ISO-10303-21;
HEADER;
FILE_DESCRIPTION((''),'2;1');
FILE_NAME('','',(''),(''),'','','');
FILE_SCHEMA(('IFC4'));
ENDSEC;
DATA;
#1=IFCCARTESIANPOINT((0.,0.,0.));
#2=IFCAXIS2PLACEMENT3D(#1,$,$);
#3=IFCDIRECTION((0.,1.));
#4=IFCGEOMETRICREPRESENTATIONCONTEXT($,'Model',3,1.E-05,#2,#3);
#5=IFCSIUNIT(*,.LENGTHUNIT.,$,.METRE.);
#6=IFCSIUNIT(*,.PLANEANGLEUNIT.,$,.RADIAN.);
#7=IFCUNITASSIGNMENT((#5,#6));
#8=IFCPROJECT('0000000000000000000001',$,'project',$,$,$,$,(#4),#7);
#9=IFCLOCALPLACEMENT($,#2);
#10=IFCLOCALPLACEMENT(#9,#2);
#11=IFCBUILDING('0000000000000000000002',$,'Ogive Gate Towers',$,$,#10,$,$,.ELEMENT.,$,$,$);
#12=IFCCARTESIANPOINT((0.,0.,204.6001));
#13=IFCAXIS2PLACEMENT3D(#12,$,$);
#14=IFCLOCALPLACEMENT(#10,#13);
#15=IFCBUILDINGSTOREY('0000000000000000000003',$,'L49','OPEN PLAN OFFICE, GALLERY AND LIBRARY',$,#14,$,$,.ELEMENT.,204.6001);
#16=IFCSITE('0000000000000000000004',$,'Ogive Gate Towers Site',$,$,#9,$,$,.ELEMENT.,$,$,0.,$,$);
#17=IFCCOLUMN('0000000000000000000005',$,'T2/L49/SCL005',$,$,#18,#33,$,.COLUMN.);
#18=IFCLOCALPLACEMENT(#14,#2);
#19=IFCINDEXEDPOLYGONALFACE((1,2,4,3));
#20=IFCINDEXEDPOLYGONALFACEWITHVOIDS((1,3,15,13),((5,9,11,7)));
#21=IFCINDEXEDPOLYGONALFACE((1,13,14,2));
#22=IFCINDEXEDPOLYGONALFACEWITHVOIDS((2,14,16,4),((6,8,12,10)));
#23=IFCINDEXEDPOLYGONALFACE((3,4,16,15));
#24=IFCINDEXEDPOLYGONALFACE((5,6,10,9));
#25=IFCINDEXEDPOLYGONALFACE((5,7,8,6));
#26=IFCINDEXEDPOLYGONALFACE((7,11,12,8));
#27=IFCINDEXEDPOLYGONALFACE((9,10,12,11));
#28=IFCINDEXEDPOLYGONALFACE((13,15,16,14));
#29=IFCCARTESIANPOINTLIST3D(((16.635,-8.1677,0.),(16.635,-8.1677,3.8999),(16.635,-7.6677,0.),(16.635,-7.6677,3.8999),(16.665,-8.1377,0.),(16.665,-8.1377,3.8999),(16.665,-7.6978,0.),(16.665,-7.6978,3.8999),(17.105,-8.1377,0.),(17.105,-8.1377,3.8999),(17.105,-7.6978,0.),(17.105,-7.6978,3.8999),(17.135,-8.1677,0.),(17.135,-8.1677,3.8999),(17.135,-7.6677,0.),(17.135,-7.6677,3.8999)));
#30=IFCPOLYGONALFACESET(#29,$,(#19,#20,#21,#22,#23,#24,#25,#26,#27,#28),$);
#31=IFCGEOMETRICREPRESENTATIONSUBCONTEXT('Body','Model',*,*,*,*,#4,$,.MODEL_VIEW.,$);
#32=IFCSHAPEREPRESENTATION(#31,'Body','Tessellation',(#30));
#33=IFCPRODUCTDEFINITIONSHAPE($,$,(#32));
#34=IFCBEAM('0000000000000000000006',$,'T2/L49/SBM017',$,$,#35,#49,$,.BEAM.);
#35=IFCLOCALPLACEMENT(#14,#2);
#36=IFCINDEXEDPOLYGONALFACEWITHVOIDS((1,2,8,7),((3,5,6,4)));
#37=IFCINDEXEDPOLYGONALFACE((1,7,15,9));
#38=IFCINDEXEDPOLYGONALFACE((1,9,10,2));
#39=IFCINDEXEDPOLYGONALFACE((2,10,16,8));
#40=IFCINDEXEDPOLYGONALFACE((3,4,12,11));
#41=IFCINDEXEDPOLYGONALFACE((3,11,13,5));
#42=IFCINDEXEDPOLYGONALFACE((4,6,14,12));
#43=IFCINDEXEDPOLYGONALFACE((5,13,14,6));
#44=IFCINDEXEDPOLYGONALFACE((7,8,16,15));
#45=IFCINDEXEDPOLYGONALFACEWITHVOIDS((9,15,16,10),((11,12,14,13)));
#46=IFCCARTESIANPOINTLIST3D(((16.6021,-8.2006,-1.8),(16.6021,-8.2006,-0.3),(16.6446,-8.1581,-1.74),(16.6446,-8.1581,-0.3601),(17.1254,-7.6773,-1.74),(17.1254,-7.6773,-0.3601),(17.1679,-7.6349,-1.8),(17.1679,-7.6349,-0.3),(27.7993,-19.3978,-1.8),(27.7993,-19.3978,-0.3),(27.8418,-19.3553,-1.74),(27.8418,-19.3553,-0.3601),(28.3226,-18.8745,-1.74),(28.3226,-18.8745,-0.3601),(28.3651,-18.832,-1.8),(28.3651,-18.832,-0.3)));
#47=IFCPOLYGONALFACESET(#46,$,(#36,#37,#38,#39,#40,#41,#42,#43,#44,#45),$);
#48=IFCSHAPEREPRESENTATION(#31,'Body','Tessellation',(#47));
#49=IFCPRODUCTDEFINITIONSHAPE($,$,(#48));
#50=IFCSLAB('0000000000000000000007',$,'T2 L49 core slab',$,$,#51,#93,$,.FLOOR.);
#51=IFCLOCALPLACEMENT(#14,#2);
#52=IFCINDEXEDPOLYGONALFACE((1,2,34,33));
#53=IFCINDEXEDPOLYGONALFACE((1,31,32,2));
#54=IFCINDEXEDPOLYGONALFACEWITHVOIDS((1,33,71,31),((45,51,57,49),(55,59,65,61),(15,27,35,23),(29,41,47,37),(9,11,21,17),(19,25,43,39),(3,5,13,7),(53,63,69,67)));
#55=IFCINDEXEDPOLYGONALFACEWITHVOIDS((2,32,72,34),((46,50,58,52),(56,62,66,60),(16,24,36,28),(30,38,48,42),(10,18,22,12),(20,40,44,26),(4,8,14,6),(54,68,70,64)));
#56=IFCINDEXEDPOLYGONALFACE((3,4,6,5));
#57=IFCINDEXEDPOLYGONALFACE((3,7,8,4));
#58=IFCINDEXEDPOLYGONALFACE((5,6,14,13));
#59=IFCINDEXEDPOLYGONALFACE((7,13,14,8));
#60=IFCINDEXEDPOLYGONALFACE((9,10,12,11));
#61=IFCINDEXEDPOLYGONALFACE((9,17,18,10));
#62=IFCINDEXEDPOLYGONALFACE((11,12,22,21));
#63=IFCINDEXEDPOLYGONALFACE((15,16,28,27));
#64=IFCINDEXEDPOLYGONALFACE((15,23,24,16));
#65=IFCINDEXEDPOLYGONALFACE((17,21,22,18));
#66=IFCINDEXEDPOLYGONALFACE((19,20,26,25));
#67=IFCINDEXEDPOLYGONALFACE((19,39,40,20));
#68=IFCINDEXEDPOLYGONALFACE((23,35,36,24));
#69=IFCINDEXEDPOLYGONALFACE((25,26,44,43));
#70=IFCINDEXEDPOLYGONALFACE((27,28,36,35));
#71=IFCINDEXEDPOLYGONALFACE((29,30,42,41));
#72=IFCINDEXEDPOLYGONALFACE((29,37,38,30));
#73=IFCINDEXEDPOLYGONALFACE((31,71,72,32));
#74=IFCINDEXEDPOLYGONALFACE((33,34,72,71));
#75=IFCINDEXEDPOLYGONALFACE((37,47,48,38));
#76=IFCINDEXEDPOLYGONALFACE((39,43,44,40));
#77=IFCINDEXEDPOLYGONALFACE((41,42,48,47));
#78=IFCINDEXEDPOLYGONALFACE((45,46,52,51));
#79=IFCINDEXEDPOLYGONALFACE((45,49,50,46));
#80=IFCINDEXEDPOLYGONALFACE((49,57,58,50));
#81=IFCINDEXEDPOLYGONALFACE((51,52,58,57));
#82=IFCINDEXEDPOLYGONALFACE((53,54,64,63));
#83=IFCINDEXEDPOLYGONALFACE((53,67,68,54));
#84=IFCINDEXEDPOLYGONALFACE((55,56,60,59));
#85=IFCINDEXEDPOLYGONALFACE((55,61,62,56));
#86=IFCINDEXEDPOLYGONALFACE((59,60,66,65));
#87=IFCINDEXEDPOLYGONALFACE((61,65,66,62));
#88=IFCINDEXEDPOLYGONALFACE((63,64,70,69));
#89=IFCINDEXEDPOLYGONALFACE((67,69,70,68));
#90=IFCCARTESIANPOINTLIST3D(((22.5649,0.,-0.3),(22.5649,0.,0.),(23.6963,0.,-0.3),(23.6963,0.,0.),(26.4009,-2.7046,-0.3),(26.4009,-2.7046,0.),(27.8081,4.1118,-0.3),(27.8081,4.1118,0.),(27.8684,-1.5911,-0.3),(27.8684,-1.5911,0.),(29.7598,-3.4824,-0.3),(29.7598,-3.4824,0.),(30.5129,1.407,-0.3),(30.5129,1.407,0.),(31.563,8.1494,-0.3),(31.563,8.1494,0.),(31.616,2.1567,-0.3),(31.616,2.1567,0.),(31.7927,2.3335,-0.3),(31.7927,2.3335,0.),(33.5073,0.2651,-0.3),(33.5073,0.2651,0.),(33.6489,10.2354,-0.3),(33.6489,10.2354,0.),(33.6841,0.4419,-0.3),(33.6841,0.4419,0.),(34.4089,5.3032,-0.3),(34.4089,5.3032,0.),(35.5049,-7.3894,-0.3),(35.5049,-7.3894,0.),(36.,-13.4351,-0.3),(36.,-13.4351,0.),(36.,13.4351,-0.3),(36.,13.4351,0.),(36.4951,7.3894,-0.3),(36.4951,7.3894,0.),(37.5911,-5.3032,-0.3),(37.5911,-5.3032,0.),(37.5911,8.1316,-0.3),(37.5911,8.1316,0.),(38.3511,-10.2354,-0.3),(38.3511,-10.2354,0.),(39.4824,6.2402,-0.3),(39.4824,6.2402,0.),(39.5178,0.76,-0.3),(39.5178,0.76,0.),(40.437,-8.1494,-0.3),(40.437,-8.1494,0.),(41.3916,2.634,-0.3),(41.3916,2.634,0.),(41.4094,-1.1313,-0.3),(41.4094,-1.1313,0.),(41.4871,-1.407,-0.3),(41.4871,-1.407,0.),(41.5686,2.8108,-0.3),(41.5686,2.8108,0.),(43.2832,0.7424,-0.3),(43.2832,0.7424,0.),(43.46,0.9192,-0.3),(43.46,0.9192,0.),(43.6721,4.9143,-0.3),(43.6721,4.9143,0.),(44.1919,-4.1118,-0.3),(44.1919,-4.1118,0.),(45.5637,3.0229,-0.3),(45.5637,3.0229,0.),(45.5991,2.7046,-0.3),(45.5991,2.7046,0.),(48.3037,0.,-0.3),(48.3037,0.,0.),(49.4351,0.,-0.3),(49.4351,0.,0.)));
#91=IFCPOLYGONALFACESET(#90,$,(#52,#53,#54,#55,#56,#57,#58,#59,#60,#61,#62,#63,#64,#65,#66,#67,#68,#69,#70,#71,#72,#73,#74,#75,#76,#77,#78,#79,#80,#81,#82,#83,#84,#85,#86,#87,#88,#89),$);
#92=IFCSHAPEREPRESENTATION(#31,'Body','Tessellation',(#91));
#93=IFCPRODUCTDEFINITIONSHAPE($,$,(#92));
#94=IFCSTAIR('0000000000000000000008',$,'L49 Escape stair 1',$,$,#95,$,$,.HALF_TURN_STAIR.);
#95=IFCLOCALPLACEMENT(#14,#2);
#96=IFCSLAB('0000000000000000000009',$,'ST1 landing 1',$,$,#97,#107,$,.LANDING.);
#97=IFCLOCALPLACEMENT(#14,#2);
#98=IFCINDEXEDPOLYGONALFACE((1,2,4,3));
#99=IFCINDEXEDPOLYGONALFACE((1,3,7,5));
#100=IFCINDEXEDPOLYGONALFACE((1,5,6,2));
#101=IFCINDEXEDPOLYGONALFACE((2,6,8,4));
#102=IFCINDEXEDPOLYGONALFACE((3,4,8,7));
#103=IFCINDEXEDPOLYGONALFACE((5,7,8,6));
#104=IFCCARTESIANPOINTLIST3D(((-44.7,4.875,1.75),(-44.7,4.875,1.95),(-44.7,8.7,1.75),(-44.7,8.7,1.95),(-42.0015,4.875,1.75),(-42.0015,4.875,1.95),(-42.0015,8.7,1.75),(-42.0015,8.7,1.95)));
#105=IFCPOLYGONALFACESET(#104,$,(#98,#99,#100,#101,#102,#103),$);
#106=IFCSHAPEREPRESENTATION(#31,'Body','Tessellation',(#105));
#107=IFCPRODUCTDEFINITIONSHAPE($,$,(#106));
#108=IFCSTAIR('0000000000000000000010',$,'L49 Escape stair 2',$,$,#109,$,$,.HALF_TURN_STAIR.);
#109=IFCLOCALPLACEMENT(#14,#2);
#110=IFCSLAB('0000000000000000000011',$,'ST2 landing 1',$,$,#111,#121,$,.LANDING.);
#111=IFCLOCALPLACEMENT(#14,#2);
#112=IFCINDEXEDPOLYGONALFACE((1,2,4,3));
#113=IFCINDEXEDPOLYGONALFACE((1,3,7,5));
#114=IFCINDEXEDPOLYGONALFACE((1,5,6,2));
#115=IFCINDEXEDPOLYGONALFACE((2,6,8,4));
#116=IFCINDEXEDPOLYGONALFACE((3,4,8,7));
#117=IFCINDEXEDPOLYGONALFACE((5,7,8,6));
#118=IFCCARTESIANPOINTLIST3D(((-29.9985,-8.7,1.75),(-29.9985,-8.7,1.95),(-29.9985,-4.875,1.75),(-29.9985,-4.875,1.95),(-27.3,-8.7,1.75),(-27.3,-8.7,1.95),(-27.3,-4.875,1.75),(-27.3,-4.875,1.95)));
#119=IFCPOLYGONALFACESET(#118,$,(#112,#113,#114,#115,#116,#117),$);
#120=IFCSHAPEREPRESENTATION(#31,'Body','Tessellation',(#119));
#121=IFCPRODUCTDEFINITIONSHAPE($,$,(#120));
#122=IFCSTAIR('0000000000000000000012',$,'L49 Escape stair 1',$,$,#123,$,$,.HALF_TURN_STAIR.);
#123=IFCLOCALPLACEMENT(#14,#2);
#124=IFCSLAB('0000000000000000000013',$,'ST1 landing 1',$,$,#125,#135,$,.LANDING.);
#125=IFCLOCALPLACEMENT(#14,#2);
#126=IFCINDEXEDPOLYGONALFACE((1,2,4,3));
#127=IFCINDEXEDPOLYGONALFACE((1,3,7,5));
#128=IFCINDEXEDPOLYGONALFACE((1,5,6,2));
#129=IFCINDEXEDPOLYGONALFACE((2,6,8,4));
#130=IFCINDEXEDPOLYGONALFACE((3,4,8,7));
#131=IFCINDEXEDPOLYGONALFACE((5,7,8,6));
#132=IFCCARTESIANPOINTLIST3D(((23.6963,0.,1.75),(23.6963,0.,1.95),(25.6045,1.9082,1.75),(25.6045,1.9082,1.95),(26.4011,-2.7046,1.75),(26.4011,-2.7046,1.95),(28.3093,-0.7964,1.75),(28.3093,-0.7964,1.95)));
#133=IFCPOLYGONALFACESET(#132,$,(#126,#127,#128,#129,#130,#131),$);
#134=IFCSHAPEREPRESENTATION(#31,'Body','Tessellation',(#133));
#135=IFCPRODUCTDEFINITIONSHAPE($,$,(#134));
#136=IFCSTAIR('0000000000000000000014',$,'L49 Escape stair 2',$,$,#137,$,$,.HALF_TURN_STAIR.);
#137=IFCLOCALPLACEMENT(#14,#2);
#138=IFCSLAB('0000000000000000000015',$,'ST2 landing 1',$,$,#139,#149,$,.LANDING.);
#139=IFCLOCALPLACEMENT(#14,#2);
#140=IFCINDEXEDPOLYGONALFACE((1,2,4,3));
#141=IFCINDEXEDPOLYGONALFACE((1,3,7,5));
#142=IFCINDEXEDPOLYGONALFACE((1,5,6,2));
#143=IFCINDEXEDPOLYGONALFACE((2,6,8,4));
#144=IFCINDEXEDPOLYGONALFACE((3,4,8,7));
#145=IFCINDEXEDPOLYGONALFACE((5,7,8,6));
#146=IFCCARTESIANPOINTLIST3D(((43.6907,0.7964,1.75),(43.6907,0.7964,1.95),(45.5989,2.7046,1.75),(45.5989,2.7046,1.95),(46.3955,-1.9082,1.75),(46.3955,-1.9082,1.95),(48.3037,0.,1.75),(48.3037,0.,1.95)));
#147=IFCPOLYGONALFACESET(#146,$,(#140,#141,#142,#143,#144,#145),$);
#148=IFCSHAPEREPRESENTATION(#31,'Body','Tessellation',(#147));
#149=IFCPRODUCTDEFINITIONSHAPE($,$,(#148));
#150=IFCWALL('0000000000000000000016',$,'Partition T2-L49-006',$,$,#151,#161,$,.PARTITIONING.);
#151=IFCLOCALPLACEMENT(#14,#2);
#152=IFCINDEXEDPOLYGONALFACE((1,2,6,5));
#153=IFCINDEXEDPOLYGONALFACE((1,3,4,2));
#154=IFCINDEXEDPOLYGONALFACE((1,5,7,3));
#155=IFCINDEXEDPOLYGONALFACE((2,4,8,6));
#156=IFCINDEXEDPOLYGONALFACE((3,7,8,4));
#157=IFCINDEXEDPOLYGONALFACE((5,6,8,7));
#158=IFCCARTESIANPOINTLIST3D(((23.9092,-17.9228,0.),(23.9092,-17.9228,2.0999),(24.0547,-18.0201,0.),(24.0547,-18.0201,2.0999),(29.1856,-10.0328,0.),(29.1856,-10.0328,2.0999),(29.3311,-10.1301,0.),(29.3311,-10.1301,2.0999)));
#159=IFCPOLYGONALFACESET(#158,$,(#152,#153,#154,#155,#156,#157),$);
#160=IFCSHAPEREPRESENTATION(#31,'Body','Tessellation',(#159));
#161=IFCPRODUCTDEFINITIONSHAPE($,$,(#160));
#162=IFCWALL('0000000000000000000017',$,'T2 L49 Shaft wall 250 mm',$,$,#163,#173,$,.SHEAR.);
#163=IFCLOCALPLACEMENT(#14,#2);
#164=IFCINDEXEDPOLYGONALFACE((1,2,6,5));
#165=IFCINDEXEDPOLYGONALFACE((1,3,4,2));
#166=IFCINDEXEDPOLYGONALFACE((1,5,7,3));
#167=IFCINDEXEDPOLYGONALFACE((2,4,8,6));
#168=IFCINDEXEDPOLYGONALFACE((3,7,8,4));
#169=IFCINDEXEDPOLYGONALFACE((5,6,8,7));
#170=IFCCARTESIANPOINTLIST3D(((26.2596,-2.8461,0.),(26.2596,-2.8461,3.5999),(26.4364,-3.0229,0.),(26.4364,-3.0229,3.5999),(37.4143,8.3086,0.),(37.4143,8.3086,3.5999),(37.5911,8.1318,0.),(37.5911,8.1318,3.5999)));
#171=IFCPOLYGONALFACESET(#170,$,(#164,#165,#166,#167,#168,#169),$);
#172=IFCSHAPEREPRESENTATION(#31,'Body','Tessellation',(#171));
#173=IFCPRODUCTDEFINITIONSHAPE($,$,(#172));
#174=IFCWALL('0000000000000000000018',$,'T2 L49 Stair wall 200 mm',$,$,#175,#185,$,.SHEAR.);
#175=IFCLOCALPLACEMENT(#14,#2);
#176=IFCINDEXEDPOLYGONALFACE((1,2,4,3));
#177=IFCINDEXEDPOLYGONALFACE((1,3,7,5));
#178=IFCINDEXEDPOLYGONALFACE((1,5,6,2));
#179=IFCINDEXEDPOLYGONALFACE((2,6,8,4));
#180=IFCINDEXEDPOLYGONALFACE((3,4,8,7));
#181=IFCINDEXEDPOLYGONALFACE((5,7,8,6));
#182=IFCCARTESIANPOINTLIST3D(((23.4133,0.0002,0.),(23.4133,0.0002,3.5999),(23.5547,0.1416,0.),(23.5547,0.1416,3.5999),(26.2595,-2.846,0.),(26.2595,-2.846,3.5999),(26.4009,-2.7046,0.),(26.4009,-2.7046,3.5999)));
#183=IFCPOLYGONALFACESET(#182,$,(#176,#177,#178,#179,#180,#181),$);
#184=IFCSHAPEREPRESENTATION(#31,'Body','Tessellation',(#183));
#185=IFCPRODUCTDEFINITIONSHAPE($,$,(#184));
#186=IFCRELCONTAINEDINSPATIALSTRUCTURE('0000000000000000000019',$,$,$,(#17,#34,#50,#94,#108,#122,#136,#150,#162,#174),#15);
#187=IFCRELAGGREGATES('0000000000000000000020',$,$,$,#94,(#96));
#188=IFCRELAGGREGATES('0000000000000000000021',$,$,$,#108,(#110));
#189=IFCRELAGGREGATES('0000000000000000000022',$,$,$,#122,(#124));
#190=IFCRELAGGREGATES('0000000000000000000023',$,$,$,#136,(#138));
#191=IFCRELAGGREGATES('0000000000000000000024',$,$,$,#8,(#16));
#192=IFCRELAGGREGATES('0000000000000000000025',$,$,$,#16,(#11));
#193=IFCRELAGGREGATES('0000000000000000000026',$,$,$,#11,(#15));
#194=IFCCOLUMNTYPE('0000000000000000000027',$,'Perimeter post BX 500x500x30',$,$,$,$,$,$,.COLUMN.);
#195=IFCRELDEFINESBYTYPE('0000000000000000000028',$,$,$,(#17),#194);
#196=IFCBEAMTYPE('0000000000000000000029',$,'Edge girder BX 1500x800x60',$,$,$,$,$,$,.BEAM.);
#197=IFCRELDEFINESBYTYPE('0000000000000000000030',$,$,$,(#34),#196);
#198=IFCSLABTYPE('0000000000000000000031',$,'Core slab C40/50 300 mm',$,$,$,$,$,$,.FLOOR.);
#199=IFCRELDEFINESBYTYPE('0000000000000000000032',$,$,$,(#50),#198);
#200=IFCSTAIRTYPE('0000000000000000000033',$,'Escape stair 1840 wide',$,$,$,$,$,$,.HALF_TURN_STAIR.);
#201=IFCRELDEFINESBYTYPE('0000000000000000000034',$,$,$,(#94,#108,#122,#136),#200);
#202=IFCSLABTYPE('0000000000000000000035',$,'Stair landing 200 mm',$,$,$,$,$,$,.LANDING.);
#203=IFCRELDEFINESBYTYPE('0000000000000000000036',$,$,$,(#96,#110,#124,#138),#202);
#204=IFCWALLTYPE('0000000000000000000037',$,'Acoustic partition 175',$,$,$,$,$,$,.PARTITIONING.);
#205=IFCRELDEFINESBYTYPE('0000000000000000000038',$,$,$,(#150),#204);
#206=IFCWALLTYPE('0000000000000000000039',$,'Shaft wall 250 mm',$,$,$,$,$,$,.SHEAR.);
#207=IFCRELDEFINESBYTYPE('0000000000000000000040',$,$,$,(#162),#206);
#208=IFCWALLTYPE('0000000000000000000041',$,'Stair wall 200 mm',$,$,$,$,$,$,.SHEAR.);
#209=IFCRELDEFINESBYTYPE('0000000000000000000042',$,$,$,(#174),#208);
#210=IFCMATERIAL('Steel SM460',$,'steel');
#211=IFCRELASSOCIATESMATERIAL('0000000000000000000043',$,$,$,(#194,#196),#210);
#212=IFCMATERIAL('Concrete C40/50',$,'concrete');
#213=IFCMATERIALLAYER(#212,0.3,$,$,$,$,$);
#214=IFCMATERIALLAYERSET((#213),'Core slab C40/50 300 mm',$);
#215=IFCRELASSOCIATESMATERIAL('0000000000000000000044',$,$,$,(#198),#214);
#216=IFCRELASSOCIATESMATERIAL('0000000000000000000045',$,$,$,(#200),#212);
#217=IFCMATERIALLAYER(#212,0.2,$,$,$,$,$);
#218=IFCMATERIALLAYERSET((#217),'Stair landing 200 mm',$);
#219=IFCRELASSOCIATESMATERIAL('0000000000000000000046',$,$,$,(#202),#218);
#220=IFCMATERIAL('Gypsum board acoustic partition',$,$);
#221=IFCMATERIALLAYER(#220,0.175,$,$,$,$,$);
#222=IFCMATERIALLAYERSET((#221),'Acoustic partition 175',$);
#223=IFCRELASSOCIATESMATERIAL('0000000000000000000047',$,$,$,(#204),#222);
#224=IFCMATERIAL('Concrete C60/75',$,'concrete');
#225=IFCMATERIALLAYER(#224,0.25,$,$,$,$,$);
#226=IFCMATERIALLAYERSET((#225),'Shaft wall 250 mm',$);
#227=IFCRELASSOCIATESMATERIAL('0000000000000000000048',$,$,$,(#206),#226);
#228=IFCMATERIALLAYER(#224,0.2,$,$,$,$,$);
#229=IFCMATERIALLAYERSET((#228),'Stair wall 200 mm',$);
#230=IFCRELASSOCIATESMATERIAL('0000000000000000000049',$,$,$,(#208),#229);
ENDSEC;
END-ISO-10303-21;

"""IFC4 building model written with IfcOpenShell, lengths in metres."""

from ifc_helpers import new_model, si_unit, direction, frame, frame_2d, origin, origin_2d, place, context, subcontext, project, spatial, polyline, rectangle, hollow_rectangle, outline, extrude, material, layer, layer_set, material_profile, profile_set, type_object, element, aggregate, save


model = new_model("IFC4")

# Units and contexts
model_context = context("Model", 3, precision=1e-05, world=origin(), true_north=direction((0.0, 1.0)))
body_context = subcontext(model_context, "Body", "Model", "MODEL_VIEW")
ifc_project = project(units=[si_unit("LENGTHUNIT", "METRE"), si_unit("PLANEANGLEUNIT", "RADIAN")], contexts=[model_context])

# Site, building, storey
site_placement = place(None, origin())
site = spatial("IfcSite", under=ifc_project, at=site_placement, Name="Ogive Gate Towers Site", CompositionType="ELEMENT", RefElevation=0.0)
building_placement = place(site_placement, origin())
building = spatial("IfcBuilding", under=site, at=building_placement, Name="Ogive Gate Towers", CompositionType="ELEMENT")
storey_placement = place(building_placement, frame((0.0, 0.0, 204.6001)))
storey = spatial("IfcBuildingStorey", under=building, at=storey_placement, Name="L49", Description="OPEN PLAN OFFICE, GALLERY AND LIBRARY", CompositionType="ELEMENT", Elevation=204.6001)

# Column
ifc_material_1 = material(Name="Steel SM460", Category="steel")
ifc_material_profile_1 = material_profile(ifc_material_1, hollow_rectangle(XDim=0.5, YDim=0.5, WallThickness=0.03, at=origin_2d()), Name="BX 500x500x30")
ifc_profile_set_1 = profile_set([ifc_material_profile_1], Name="Steel SM460")
column_type = type_object("IfcColumnType", Name="Perimeter post BX 500x500x30", PredefinedType="COLUMN", material=ifc_profile_set_1)
column_placement = place(storey_placement, frame((16.885, -7.9177, 0.0), z_axis=(0.0, 0.0, 1.0), x_axis=(1.0, 0.0, 0.0)))
element("IfcColumn", 1, at=column_placement, inside=storey, type_object=column_type, Name="T2/L49/SCL005", PredefinedType="COLUMN", context=body_context, shape_type="SweptSolid", body=[
    extrude(hollow_rectangle(XDim=0.5, YDim=0.5, WallThickness=0.03, at=origin_2d()), origin(), (0.0, 0.0, 1.0), 3.8999),
])

# Beam
ifc_material_profile_2 = material_profile(ifc_material_1, hollow_rectangle(XDim=0.8, YDim=1.5, WallThickness=0.0601, at=origin_2d()), Name="BX 1500x800x60")
ifc_profile_set_2 = profile_set([ifc_material_profile_2], Name="Steel SM460")
beam_type = type_object("IfcBeamType", Name="Edge girder BX 1500x800x60", PredefinedType="BEAM", material=ifc_profile_set_2)
beam_placement = place(storey_placement, frame((16.885, -7.9177, -1.05), z_axis=(0.707107, -0.707107, 0.0), x_axis=(0.707107, 0.707107, 0.0)))
element("IfcBeam", 2, at=beam_placement, inside=storey, type_object=beam_type, Name="T2/L49/SBM017", PredefinedType="BEAM", context=body_context, shape_type="SweptSolid", body=[
    extrude(hollow_rectangle(XDim=0.8, YDim=1.5, WallThickness=0.0601, at=origin_2d()), origin(), (0.0, 0.0, 1.0), 15.8352),
])

# Slab
ifc_material_2 = material(Name="Concrete C40/50", Category="concrete")
ifc_layer_1 = layer(ifc_material_2, 0.3)
ifc_layer_set_1 = layer_set([ifc_layer_1], Name="Core slab C40/50 300 mm")
slab_type_1 = type_object("IfcSlabType", Name="Core slab C40/50 300 mm", PredefinedType="FLOOR", material=ifc_layer_set_1)
slab_1_placement = place(storey_placement, frame((0.0, 0.0, -0.3)))
element("IfcSlab", 3, at=slab_1_placement, inside=storey, type_object=slab_type_1, Name="T2 L49 core slab", PredefinedType="FLOOR", context=body_context, shape_type="SweptSolid", body=[
    extrude(outline(polyline([(36.0, -13.4351), (22.5649, 0.0), (36.0, 13.4351), (49.4351, 0.0), (36.0, -13.4351)]), holes=[polyline([(29.7598, -3.4824), (33.5073, 0.2651), (31.616, 2.1567), (27.8684, -1.5911), (29.7598, -3.4824)]), polyline([(31.7927, 2.3335), (33.6841, 0.4419), (39.4824, 6.2402), (37.5911, 8.1316), (31.7927, 2.3335)]), polyline([(41.3916, 2.634), (39.5178, 0.76), (41.4094, -1.1313), (43.2832, 0.7424), (41.3916, 2.634)]), polyline([(45.5637, 3.0229), (43.6721, 4.9143), (41.5686, 2.8108), (43.46, 0.9192), (45.5637, 3.0229)]), polyline([(34.4089, 5.3032), (36.4951, 7.3894), (33.6489, 10.2354), (31.563, 8.1494), (34.4089, 5.3032)]), polyline([(35.5049, -7.3894), (38.3511, -10.2354), (40.437, -8.1494), (37.5911, -5.3032), (35.5049, -7.3894)]), polyline([(26.4009, -2.7046), (30.5129, 1.407), (27.8081, 4.1118), (23.6963, 0.0), (26.4009, -2.7046)]), polyline([(48.3037, 0.0), (45.5991, 2.7046), (41.4871, -1.407), (44.1919, -4.1118), (48.3037, 0.0)])]), origin(), (0.0, 0.0, 1.0), 0.3),
])

# Stairs, slabs
stair_type = type_object("IfcStairType", Name="Escape stair 1840 wide", PredefinedType="HALF_TURN_STAIR", material=ifc_material_2)
stair_1_placement = place(storey_placement, origin())
stair_1 = element("IfcStair", 4, at=stair_1_placement, inside=storey, type_object=stair_type, Name="L49 Escape stair 1", PredefinedType="HALF_TURN_STAIR")
ifc_layer_2 = layer(ifc_material_2, 0.2)
ifc_layer_set_2 = layer_set([ifc_layer_2], Name="Stair landing 200 mm")
slab_type_2 = type_object("IfcSlabType", Name="Stair landing 200 mm", PredefinedType="LANDING", material=ifc_layer_set_2)
slab_2_placement = place(storey_placement, frame((0.0, 0.0, 1.75)))
slab_2 = element("IfcSlab", 5, at=slab_2_placement, type_object=slab_type_2, Name="ST1 landing 1", PredefinedType="LANDING", context=body_context, shape_type="SweptSolid", body=[
    extrude(outline(polyline([(-42.0015, 8.7), (-44.7, 8.7), (-44.7, 4.875), (-42.0015, 4.875), (-42.0015, 8.7)])), origin(), (0.0, 0.0, 1.0), 0.2),
])
aggregate(stair_1, [slab_2])
stair_2_placement = place(storey_placement, origin())
stair_2 = element("IfcStair", 6, at=stair_2_placement, inside=storey, type_object=stair_type, Name="L49 Escape stair 2", PredefinedType="HALF_TURN_STAIR")
slab_3_placement = place(storey_placement, frame((0.0, 0.0, 1.75)))
slab_3 = element("IfcSlab", 7, at=slab_3_placement, type_object=slab_type_2, Name="ST2 landing 1", PredefinedType="LANDING", context=body_context, shape_type="SweptSolid", body=[
    extrude(outline(polyline([(-29.9985, -8.7), (-27.3, -8.7), (-27.3, -4.875), (-29.9985, -4.875), (-29.9985, -8.7)])), origin(), (0.0, 0.0, 1.0), 0.2),
])
aggregate(stair_2, [slab_3])
stair_3_placement = place(storey_placement, origin())
stair_3 = element("IfcStair", 8, at=stair_3_placement, inside=storey, type_object=stair_type, Name="L49 Escape stair 1", PredefinedType="HALF_TURN_STAIR")
slab_4_placement = place(storey_placement, frame((0.0, 0.0, 1.75)))
slab_4 = element("IfcSlab", 9, at=slab_4_placement, type_object=slab_type_2, Name="ST1 landing 1", PredefinedType="LANDING", context=body_context, shape_type="SweptSolid", body=[
    extrude(outline(polyline([(25.6045, 1.9082), (23.6963, 0.0), (26.4011, -2.7046), (28.3093, -0.7964), (25.6045, 1.9082)])), origin(), (0.0, 0.0, 1.0), 0.2),
])
aggregate(stair_3, [slab_4])
stair_4_placement = place(storey_placement, origin())
stair_4 = element("IfcStair", 10, at=stair_4_placement, inside=storey, type_object=stair_type, Name="L49 Escape stair 2", PredefinedType="HALF_TURN_STAIR")
slab_5_placement = place(storey_placement, frame((0.0, 0.0, 1.75)))
slab_5 = element("IfcSlab", 11, at=slab_5_placement, type_object=slab_type_2, Name="ST2 landing 1", PredefinedType="LANDING", context=body_context, shape_type="SweptSolid", body=[
    extrude(outline(polyline([(46.3955, -1.9082), (48.3037, 0.0), (45.5989, 2.7046), (43.6907, 0.7964), (46.3955, -1.9082)])), origin(), (0.0, 0.0, 1.0), 0.2),
])
aggregate(stair_4, [slab_5])

# Walls
ifc_material_3 = material(Name="Gypsum board acoustic partition")
ifc_layer_3 = layer(ifc_material_3, 0.175)
ifc_layer_set_3 = layer_set([ifc_layer_3], Name="Acoustic partition 175")
wall_type_1 = type_object("IfcWallType", Name="Acoustic partition 175", PredefinedType="PARTITIONING", material=ifc_layer_set_3)
wall_1_placement = place(storey_placement, frame((23.9819, -17.9714, 0.0), z_axis=(0.0, 0.0, 1.0), x_axis=(0.555899, 0.83125, 0.0)))
element("IfcWall", 12, at=wall_1_placement, inside=storey, type_object=wall_type_1, Name="Partition T2-L49-006", PredefinedType="PARTITIONING", context=body_context, shape_type="SweptSolid", body=[
    extrude(rectangle(XDim=9.4917, YDim=0.175, at=frame_2d((4.7458, 0.0))), origin(), (0.0, 0.0, 1.0), 2.0999),
])
ifc_material_4 = material(Name="Concrete C60/75", Category="concrete")
ifc_layer_4 = layer(ifc_material_4, 0.25)
ifc_layer_set_4 = layer_set([ifc_layer_4], Name="Shaft wall 250 mm")
wall_type_2 = type_object("IfcWallType", Name="Shaft wall 250 mm", PredefinedType="SHEAR", material=ifc_layer_set_4)
wall_2_placement = place(storey_placement, frame((26.3479, -2.9346, 0.0), z_axis=(0.0, 0.0, 1.0), x_axis=(0.707107, 0.707107, 0.0)))
element("IfcWall", 13, at=wall_2_placement, inside=storey, type_object=wall_type_2, Name="T2 L49 Shaft wall 250 mm", PredefinedType="SHEAR", context=body_context, shape_type="SweptSolid", body=[
    extrude(rectangle(XDim=15.7751, YDim=0.25, at=frame_2d((7.8877, 0.0))), origin(), (0.0, 0.0, 1.0), 3.5999),
])
ifc_layer_5 = layer(ifc_material_4, 0.2)
ifc_layer_set_5 = layer_set([ifc_layer_5], Name="Stair wall 200 mm")
wall_type_3 = type_object("IfcWallType", Name="Stair wall 200 mm", PredefinedType="SHEAR", material=ifc_layer_set_5)
wall_3_placement = place(storey_placement, frame((26.3303, -2.7754, 0.0), z_axis=(0.0, 0.0, 1.0), x_axis=(-0.707107, 0.707107, 0.0)))
element("IfcWall", 14, at=wall_3_placement, inside=storey, type_object=wall_type_3, Name="T2 L49 Stair wall 200 mm", PredefinedType="SHEAR", context=body_context, shape_type="SweptSolid", body=[
    extrude(rectangle(XDim=4.0251, YDim=0.2, at=frame_2d((2.0127, 0.0))), origin(), (0.0, 0.0, 1.0), 3.5999),
])

save(model, "model.ifc")
